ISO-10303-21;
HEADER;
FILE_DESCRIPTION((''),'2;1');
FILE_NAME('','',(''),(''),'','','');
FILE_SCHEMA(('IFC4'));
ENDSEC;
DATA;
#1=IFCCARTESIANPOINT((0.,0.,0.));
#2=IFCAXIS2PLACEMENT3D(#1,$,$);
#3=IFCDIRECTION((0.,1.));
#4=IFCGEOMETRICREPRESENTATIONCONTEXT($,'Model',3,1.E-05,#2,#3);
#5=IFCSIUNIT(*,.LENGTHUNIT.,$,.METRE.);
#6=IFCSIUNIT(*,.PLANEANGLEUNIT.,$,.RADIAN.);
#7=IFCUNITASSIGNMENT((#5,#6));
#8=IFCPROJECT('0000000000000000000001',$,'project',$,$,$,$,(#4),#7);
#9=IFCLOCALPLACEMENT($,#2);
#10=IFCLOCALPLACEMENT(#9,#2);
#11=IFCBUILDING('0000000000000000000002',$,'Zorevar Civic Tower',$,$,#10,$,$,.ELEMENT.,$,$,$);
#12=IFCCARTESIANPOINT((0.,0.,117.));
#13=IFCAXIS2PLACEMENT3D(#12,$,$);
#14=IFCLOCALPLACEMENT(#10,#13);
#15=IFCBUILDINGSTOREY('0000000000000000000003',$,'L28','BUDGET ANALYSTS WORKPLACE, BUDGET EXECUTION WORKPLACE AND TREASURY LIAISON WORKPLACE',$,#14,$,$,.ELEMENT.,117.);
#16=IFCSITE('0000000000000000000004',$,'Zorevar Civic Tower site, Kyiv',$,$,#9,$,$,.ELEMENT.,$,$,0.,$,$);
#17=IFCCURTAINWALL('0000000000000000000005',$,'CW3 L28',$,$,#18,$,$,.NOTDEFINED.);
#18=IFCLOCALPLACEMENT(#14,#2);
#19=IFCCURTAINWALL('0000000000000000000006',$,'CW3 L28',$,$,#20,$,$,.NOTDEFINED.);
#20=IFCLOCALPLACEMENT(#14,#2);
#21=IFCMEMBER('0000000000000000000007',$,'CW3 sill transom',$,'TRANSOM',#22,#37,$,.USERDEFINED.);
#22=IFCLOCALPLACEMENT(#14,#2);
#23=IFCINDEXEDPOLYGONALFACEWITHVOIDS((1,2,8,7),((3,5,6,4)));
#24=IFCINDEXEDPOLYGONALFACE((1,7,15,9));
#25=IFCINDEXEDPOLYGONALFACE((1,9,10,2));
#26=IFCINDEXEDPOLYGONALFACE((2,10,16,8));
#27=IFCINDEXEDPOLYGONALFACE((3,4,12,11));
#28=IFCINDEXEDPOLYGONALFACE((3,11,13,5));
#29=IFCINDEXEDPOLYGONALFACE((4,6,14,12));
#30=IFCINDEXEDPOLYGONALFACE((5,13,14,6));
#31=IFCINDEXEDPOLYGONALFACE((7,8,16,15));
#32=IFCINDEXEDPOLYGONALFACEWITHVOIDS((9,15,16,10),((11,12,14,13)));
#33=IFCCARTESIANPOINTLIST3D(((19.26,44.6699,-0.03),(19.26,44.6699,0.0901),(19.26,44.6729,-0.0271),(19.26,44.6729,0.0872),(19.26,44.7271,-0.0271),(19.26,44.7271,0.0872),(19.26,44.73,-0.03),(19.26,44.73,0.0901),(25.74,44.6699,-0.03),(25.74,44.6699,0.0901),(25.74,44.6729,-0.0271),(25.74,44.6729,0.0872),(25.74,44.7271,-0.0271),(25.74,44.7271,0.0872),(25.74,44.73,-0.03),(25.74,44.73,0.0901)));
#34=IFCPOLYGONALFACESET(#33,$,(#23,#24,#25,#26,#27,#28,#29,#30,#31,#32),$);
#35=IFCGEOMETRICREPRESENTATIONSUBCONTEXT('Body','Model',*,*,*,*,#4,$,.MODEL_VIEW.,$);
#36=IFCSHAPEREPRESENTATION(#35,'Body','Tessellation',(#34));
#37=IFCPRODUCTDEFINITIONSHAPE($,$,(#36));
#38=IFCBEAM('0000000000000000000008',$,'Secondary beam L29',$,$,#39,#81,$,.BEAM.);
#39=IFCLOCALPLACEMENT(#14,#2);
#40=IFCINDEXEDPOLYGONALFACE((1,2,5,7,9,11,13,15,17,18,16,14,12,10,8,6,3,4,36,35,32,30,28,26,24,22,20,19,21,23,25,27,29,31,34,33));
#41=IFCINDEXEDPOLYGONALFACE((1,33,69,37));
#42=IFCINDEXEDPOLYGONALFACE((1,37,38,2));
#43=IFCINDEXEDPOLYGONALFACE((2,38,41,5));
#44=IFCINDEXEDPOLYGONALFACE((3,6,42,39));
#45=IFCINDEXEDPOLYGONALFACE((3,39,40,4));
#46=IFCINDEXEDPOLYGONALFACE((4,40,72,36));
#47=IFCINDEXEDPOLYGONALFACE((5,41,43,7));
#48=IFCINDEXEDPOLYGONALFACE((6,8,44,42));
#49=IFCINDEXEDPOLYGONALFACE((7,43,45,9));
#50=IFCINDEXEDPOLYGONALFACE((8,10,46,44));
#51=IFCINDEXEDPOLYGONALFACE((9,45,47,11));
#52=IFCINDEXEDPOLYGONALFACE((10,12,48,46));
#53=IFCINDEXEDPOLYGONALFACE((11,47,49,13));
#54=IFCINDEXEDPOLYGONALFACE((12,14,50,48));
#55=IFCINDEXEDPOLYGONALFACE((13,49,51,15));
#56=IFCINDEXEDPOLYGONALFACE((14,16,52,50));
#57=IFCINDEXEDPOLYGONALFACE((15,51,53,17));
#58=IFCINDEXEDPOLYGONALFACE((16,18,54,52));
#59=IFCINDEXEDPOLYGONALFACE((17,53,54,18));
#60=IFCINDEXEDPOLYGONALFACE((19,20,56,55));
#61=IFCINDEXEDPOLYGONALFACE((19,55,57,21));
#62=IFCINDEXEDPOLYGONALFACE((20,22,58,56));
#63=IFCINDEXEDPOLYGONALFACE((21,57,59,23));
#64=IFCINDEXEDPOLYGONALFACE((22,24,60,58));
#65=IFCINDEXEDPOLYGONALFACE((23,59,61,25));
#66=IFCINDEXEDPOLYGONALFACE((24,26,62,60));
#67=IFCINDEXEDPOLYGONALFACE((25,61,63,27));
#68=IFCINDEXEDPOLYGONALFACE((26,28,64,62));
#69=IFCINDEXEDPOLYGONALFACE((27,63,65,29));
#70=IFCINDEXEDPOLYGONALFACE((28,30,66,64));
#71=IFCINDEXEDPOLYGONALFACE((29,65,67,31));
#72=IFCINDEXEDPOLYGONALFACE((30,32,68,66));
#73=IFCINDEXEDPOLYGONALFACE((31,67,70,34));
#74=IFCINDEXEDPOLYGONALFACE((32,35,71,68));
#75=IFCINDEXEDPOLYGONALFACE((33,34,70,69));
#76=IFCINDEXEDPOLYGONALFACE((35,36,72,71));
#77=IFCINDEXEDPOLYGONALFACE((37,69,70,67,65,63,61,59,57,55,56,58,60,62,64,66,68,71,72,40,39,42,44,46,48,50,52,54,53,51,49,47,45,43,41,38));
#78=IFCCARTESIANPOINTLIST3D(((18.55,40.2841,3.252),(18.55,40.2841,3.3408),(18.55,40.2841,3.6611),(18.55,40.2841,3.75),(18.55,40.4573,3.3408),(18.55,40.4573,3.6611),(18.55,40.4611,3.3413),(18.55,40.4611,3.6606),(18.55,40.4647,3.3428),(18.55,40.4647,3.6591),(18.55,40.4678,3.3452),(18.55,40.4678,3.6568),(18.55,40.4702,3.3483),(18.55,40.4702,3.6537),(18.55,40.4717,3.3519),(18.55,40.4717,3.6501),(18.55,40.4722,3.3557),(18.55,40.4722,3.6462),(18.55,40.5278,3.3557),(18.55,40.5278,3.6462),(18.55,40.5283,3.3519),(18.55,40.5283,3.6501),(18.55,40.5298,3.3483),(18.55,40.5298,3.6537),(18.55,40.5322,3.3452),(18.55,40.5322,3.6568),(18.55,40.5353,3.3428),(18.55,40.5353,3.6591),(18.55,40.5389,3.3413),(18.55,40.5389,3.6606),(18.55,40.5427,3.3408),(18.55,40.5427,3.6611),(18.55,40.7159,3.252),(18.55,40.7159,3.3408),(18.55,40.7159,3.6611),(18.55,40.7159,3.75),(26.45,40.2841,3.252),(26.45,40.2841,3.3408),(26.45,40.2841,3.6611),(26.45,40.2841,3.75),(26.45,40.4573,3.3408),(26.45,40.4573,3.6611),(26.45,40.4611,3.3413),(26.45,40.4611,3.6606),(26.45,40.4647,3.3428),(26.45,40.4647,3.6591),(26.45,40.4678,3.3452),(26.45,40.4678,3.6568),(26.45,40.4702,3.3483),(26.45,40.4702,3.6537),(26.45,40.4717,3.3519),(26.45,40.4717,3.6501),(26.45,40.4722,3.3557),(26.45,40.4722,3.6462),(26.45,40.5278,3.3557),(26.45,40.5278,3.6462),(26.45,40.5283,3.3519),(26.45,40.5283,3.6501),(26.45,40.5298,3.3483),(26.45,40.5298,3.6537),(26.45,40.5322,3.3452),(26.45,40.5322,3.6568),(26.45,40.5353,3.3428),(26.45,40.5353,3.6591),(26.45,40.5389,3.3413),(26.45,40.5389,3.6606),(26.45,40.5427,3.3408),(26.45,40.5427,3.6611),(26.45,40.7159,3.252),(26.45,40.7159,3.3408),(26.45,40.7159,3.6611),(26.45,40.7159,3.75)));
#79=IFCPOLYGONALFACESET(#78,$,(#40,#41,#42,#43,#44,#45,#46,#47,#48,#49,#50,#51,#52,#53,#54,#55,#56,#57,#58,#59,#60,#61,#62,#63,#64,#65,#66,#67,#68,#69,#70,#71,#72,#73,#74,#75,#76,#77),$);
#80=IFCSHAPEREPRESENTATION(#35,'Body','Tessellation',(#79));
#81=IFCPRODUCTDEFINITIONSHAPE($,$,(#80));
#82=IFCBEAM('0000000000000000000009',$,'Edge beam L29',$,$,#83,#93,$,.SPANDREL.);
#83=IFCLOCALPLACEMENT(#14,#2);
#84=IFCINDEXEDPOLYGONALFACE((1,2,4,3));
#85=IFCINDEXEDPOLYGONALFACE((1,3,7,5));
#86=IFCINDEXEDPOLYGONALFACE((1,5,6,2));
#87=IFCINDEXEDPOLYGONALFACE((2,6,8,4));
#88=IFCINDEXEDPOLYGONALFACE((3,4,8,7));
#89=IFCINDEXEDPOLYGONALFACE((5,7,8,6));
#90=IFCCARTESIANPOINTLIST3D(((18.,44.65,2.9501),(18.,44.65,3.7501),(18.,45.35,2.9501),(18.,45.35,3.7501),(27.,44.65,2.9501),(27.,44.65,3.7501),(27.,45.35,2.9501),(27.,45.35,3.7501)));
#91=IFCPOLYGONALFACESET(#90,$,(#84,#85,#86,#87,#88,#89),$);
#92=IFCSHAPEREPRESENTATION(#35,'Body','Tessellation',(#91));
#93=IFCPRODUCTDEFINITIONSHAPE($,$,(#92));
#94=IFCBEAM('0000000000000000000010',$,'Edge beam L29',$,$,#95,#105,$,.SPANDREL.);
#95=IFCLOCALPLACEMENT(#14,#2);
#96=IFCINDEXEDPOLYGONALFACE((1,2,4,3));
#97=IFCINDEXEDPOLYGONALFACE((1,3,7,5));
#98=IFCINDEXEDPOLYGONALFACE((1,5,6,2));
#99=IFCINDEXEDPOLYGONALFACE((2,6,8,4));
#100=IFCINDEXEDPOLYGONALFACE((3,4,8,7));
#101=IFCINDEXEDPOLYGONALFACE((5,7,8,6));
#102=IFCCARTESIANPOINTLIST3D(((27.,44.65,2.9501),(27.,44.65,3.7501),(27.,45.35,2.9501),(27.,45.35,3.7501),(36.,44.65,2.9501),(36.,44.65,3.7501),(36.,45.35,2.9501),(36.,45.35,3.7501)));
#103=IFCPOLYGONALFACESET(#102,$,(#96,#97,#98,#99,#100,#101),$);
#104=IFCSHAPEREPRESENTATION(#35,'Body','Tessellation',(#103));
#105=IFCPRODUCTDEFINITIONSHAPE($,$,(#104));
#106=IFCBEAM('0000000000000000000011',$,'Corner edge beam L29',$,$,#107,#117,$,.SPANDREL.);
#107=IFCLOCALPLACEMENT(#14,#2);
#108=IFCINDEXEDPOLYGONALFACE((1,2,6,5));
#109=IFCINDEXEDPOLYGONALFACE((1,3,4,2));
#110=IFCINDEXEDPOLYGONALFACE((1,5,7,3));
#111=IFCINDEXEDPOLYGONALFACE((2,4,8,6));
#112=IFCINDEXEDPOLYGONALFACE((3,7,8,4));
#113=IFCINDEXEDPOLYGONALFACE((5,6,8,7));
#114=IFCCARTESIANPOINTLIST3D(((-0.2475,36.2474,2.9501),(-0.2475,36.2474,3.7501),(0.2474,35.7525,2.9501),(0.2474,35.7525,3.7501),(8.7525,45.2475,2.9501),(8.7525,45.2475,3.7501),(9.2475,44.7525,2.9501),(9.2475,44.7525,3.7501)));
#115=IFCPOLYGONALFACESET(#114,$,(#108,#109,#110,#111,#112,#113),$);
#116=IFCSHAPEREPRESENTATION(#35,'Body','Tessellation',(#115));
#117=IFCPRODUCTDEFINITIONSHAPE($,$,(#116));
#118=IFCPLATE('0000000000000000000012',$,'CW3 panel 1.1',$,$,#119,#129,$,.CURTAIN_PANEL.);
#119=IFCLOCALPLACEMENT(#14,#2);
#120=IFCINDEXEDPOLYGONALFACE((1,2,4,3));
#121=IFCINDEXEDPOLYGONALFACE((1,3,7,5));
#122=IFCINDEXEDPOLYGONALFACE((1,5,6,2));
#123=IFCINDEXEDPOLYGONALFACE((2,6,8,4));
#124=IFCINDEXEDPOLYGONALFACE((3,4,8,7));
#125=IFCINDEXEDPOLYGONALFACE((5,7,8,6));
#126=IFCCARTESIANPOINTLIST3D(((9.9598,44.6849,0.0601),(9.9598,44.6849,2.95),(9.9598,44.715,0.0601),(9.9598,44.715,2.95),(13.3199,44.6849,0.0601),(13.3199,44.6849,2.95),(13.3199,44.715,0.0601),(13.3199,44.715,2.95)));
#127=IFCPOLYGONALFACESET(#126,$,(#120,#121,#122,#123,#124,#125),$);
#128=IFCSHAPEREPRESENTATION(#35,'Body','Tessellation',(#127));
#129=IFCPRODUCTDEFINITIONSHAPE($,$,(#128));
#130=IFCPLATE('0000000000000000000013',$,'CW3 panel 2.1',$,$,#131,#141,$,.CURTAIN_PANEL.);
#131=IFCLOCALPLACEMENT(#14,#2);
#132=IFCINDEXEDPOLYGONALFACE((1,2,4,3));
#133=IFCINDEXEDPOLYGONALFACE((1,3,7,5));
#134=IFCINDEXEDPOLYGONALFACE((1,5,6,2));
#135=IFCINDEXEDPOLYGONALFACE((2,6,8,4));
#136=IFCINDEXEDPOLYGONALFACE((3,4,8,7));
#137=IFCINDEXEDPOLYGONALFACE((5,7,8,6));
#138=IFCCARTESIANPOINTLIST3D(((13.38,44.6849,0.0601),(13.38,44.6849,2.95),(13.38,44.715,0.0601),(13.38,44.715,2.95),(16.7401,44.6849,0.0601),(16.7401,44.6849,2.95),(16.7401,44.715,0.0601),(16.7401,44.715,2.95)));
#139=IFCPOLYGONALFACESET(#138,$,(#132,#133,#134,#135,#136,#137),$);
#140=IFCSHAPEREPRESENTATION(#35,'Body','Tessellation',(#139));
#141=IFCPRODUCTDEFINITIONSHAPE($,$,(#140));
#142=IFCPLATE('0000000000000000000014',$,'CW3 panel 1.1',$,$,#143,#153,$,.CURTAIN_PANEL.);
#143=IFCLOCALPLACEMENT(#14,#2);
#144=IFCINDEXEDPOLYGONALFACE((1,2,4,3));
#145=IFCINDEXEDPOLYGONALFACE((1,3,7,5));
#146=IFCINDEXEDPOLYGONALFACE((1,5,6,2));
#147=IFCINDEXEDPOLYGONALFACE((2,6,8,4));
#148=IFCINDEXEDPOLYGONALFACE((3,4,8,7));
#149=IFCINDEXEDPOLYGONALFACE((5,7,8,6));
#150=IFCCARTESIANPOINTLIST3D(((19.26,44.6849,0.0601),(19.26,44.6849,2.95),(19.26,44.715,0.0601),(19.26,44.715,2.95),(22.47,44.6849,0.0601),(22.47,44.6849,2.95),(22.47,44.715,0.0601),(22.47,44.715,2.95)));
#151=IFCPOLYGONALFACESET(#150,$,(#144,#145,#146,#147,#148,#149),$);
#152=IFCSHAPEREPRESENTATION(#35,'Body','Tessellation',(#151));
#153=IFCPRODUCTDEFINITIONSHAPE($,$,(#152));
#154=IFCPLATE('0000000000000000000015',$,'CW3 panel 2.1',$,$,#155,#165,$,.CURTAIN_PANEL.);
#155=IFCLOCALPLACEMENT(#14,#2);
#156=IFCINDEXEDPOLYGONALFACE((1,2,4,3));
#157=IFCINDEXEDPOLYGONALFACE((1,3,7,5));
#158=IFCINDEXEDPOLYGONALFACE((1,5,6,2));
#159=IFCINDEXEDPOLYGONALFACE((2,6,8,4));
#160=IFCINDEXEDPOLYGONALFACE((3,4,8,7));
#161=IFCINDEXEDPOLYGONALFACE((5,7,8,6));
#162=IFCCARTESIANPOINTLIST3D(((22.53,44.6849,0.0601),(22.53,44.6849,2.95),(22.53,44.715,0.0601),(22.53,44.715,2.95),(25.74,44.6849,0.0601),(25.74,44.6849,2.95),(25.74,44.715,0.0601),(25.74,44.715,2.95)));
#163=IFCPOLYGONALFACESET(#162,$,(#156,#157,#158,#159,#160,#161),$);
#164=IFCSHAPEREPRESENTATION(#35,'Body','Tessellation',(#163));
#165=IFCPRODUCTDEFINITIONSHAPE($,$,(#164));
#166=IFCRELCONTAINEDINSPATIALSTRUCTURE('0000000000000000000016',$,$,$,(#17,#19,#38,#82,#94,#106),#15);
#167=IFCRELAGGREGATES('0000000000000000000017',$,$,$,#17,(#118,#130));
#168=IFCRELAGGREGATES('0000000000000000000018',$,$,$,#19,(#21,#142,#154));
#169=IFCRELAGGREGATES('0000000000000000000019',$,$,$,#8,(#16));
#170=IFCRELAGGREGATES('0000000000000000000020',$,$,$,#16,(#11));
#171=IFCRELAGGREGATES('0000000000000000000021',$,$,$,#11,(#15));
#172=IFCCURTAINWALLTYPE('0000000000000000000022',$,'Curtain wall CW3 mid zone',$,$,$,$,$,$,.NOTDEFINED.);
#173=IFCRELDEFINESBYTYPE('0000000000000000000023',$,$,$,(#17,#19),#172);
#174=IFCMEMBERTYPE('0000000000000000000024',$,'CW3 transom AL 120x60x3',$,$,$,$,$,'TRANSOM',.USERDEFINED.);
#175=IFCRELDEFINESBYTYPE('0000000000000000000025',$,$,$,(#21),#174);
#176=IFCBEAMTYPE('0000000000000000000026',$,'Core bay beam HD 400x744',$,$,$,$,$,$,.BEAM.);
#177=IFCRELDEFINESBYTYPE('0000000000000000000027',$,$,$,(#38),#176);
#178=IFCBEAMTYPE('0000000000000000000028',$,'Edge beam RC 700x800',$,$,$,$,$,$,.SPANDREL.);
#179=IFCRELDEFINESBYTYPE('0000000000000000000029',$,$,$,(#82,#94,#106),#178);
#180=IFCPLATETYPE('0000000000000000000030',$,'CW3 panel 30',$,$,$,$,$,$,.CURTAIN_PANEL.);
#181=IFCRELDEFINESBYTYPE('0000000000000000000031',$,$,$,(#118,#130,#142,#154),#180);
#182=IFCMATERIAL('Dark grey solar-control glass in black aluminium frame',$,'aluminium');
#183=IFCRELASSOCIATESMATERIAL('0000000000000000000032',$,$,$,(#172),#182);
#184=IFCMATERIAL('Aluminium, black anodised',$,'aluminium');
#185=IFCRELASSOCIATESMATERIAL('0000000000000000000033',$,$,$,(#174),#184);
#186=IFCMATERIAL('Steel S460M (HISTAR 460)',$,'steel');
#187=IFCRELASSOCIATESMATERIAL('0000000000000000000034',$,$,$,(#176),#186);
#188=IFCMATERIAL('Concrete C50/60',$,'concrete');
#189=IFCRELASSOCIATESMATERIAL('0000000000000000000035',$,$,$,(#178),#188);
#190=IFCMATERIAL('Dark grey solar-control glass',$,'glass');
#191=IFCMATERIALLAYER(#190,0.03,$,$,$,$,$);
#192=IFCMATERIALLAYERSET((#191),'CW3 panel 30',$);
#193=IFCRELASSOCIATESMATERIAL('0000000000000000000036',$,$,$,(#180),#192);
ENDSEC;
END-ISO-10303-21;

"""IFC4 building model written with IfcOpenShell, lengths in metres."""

from ifc_helpers import new_model, si_unit, direction, frame, origin, origin_2d, place, context, subcontext, project, spatial, rectangle, hollow_rectangle, i_section, extrude, material, layer, layer_set, material_profile, profile_set, type_object, element, aggregate, save


model = new_model("IFC4")

# Units and contexts
model_context = context("Model", 3, precision=1e-05, world=origin(), true_north=direction((0.0, 1.0)))
body_context = subcontext(model_context, "Body", "Model", "MODEL_VIEW")
ifc_project = project(units=[si_unit("LENGTHUNIT", "METRE"), si_unit("PLANEANGLEUNIT", "RADIAN")], contexts=[model_context])

# Site, building, storey
site_placement = place(None, origin())
site = spatial("IfcSite", under=ifc_project, at=site_placement, Name="Zorevar Civic Tower site, Kyiv", CompositionType="ELEMENT", RefElevation=0.0)
building_placement = place(site_placement, origin())
building = spatial("IfcBuilding", under=site, at=building_placement, Name="Zorevar Civic Tower", CompositionType="ELEMENT")
storey_placement = place(building_placement, frame((0.0, 0.0, 117.0)))
storey = spatial("IfcBuildingStorey", under=building, at=storey_placement, Name="L28", Description="BUDGET ANALYSTS WORKPLACE, BUDGET EXECUTION WORKPLACE AND TREASURY LIAISON WORKPLACE", CompositionType="ELEMENT", Elevation=117.0)

# Curtain walls
ifc_material_1 = material(Name="Dark grey solar-control glass in black aluminium frame", Category="aluminium")
curtain_wall_type = type_object("IfcCurtainWallType", Name="Curtain wall CW3 mid zone", PredefinedType="NOTDEFINED", material=ifc_material_1)
curtain_wall_1_placement = place(storey_placement, origin())
curtain_wall_1 = element("IfcCurtainWall", 1, at=curtain_wall_1_placement, inside=storey, type_object=curtain_wall_type, Name="CW3 L28", PredefinedType="NOTDEFINED")
curtain_wall_2_placement = place(storey_placement, origin())
curtain_wall_2 = element("IfcCurtainWall", 2, at=curtain_wall_2_placement, inside=storey, type_object=curtain_wall_type, Name="CW3 L28", PredefinedType="NOTDEFINED")

# Member
ifc_material_2 = material(Name="Aluminium, black anodised", Category="aluminium")
ifc_material_profile_1 = material_profile(ifc_material_2, hollow_rectangle(XDim=0.0601, YDim=0.1201, WallThickness=0.0029, at=origin_2d()), Name="AL 120x60x3")
ifc_profile_set_1 = profile_set([ifc_material_profile_1], Name="Aluminium, black anodised")
member_type_1 = type_object("IfcMemberType", Name="CW3 transom AL 120x60x3", ElementType="TRANSOM", PredefinedType="USERDEFINED", material=ifc_profile_set_1)
member_1_placement = place(storey_placement, frame((19.26, 44.7, 0.03), z_axis=(1.0, 0.0, 0.0), x_axis=(0.0, 1.0, 0.0)))
member_1 = element("IfcMember", 3, at=member_1_placement, type_object=member_type_1, Name="CW3 sill transom", ObjectType="TRANSOM", PredefinedType="USERDEFINED", context=body_context, shape_type="SweptSolid", body=[
    extrude(hollow_rectangle(XDim=0.0601, YDim=0.1201, WallThickness=0.0029, at=origin_2d()), origin(), (0.0, 0.0, 1.0), 6.48),
])

# Beams
ifc_material_3 = material(Name="Steel S460M (HISTAR 460)", Category="steel")
ifc_material_profile_2 = material_profile(ifc_material_3, i_section(OverallWidth=0.4319, OverallDepth=0.498, WebThickness=0.0557, FlangeThickness=0.0889, FilletRadius=0.0149, at=origin_2d()), Name="HD 400x744")
ifc_profile_set_2 = profile_set([ifc_material_profile_2], Name="Steel S460M (HISTAR 460)")
beam_type_1 = type_object("IfcBeamType", Name="Core bay beam HD 400x744", PredefinedType="BEAM", material=ifc_profile_set_2)
beam_1_placement = place(storey_placement, frame((18.55, 40.5, 3.501), z_axis=(1.0, 0.0, 0.0), x_axis=(0.0, 1.0, 0.0)))
element("IfcBeam", 4, at=beam_1_placement, inside=storey, type_object=beam_type_1, Name="Secondary beam L29", PredefinedType="BEAM", context=body_context, shape_type="SweptSolid", body=[
    extrude(i_section(OverallWidth=0.4319, OverallDepth=0.498, WebThickness=0.0557, FlangeThickness=0.0889, FilletRadius=0.0149, at=origin_2d()), origin(), (0.0, 0.0, 1.0), 7.8999),
])
ifc_material_4 = material(Name="Concrete C50/60", Category="concrete")
ifc_material_profile_3 = material_profile(ifc_material_4, rectangle(XDim=0.7, YDim=0.8, at=origin_2d()), Name="RC 700x800")
ifc_profile_set_3 = profile_set([ifc_material_profile_3], Name="Concrete C50/60")
beam_type_2 = type_object("IfcBeamType", Name="Edge beam RC 700x800", PredefinedType="SPANDREL", material=ifc_profile_set_3)
for number, where, z_axis, x_axis, name in (
    (5, (18.0, 45.0, 3.3501), (1.0, 0.0, 0.0), (0.0, 1.0, 0.0), "Edge beam L29"),
    (6, (27.0, 45.0, 3.3501), (1.0, 0.0, 0.0), (0.0, 1.0, 0.0), "Edge beam L29"),
):
    element("IfcBeam", number, at=place(storey_placement, frame(where, z_axis=z_axis, x_axis=x_axis)), inside=storey, type_object=beam_type_2, Name=name, PredefinedType="SPANDREL", context=body_context, shape_type="SweptSolid", body=[
        extrude(rectangle(XDim=0.7, YDim=0.8, at=origin_2d()), origin(), (0.0, 0.0, 1.0), 9.0),
    ])
beam_2_placement = place(storey_placement, frame((9.0, 45.0, 3.3501), z_axis=(-0.707107, -0.707107, 0.0), x_axis=(0.707107, -0.707107, 0.0)))
element("IfcBeam", 7, at=beam_2_placement, inside=storey, type_object=beam_type_2, Name="Corner edge beam L29", PredefinedType="SPANDREL", context=body_context, shape_type="SweptSolid", body=[
    extrude(rectangle(XDim=0.7, YDim=0.8, at=origin_2d()), origin(), (0.0, 0.0, 1.0), 12.728),
])

# Plates
ifc_material_5 = material(Name="Dark grey solar-control glass", Category="glass")
ifc_layer_1 = layer(ifc_material_5, 0.03)
ifc_layer_set_1 = layer_set([ifc_layer_1], Name="CW3 panel 30")
plate_type = type_object("IfcPlateType", Name="CW3 panel 30", PredefinedType="CURTAIN_PANEL", material=ifc_layer_set_1)
plate_1_placement = place(storey_placement, frame((11.6399, 44.7, 0.0601), z_axis=(0.0, 0.0, 1.0), x_axis=(1.0, 0.0, 0.0)))
plate_1 = element("IfcPlate", 8, at=plate_1_placement, type_object=plate_type, Name="CW3 panel 1.1", PredefinedType="CURTAIN_PANEL", context=body_context, shape_type="SweptSolid", body=[
    extrude(rectangle(XDim=3.3601, YDim=0.03, at=origin_2d()), origin(), (0.0, 0.0, 1.0), 2.8899),
])
plate_2_placement = place(storey_placement, frame((15.0601, 44.7, 0.0601), z_axis=(0.0, 0.0, 1.0), x_axis=(1.0, 0.0, 0.0)))
plate_2 = element("IfcPlate", 9, at=plate_2_placement, type_object=plate_type, Name="CW3 panel 2.1", PredefinedType="CURTAIN_PANEL", context=body_context, shape_type="SweptSolid", body=[
    extrude(rectangle(XDim=3.3601, YDim=0.03, at=origin_2d()), origin(), (0.0, 0.0, 1.0), 2.8899),
])
aggregate(curtain_wall_1, [plate_1, plate_2])
plate_3_placement = place(storey_placement, frame((20.865, 44.7, 0.0601), z_axis=(0.0, 0.0, 1.0), x_axis=(1.0, 0.0, 0.0)))
plate_3 = element("IfcPlate", 10, at=plate_3_placement, type_object=plate_type, Name="CW3 panel 1.1", PredefinedType="CURTAIN_PANEL", context=body_context, shape_type="SweptSolid", body=[
    extrude(rectangle(XDim=3.21, YDim=0.03, at=origin_2d()), origin(), (0.0, 0.0, 1.0), 2.8899),
])
plate_4_placement = place(storey_placement, frame((24.135, 44.7, 0.0601), z_axis=(0.0, 0.0, 1.0), x_axis=(1.0, 0.0, 0.0)))
plate_4 = element("IfcPlate", 11, at=plate_4_placement, type_object=plate_type, Name="CW3 panel 2.1", PredefinedType="CURTAIN_PANEL", context=body_context, shape_type="SweptSolid", body=[
    extrude(rectangle(XDim=3.21, YDim=0.03, at=origin_2d()), origin(), (0.0, 0.0, 1.0), 2.8899),
])
aggregate(curtain_wall_2, [member_1, plate_3, plate_4])

save(model, "model.ifc")
